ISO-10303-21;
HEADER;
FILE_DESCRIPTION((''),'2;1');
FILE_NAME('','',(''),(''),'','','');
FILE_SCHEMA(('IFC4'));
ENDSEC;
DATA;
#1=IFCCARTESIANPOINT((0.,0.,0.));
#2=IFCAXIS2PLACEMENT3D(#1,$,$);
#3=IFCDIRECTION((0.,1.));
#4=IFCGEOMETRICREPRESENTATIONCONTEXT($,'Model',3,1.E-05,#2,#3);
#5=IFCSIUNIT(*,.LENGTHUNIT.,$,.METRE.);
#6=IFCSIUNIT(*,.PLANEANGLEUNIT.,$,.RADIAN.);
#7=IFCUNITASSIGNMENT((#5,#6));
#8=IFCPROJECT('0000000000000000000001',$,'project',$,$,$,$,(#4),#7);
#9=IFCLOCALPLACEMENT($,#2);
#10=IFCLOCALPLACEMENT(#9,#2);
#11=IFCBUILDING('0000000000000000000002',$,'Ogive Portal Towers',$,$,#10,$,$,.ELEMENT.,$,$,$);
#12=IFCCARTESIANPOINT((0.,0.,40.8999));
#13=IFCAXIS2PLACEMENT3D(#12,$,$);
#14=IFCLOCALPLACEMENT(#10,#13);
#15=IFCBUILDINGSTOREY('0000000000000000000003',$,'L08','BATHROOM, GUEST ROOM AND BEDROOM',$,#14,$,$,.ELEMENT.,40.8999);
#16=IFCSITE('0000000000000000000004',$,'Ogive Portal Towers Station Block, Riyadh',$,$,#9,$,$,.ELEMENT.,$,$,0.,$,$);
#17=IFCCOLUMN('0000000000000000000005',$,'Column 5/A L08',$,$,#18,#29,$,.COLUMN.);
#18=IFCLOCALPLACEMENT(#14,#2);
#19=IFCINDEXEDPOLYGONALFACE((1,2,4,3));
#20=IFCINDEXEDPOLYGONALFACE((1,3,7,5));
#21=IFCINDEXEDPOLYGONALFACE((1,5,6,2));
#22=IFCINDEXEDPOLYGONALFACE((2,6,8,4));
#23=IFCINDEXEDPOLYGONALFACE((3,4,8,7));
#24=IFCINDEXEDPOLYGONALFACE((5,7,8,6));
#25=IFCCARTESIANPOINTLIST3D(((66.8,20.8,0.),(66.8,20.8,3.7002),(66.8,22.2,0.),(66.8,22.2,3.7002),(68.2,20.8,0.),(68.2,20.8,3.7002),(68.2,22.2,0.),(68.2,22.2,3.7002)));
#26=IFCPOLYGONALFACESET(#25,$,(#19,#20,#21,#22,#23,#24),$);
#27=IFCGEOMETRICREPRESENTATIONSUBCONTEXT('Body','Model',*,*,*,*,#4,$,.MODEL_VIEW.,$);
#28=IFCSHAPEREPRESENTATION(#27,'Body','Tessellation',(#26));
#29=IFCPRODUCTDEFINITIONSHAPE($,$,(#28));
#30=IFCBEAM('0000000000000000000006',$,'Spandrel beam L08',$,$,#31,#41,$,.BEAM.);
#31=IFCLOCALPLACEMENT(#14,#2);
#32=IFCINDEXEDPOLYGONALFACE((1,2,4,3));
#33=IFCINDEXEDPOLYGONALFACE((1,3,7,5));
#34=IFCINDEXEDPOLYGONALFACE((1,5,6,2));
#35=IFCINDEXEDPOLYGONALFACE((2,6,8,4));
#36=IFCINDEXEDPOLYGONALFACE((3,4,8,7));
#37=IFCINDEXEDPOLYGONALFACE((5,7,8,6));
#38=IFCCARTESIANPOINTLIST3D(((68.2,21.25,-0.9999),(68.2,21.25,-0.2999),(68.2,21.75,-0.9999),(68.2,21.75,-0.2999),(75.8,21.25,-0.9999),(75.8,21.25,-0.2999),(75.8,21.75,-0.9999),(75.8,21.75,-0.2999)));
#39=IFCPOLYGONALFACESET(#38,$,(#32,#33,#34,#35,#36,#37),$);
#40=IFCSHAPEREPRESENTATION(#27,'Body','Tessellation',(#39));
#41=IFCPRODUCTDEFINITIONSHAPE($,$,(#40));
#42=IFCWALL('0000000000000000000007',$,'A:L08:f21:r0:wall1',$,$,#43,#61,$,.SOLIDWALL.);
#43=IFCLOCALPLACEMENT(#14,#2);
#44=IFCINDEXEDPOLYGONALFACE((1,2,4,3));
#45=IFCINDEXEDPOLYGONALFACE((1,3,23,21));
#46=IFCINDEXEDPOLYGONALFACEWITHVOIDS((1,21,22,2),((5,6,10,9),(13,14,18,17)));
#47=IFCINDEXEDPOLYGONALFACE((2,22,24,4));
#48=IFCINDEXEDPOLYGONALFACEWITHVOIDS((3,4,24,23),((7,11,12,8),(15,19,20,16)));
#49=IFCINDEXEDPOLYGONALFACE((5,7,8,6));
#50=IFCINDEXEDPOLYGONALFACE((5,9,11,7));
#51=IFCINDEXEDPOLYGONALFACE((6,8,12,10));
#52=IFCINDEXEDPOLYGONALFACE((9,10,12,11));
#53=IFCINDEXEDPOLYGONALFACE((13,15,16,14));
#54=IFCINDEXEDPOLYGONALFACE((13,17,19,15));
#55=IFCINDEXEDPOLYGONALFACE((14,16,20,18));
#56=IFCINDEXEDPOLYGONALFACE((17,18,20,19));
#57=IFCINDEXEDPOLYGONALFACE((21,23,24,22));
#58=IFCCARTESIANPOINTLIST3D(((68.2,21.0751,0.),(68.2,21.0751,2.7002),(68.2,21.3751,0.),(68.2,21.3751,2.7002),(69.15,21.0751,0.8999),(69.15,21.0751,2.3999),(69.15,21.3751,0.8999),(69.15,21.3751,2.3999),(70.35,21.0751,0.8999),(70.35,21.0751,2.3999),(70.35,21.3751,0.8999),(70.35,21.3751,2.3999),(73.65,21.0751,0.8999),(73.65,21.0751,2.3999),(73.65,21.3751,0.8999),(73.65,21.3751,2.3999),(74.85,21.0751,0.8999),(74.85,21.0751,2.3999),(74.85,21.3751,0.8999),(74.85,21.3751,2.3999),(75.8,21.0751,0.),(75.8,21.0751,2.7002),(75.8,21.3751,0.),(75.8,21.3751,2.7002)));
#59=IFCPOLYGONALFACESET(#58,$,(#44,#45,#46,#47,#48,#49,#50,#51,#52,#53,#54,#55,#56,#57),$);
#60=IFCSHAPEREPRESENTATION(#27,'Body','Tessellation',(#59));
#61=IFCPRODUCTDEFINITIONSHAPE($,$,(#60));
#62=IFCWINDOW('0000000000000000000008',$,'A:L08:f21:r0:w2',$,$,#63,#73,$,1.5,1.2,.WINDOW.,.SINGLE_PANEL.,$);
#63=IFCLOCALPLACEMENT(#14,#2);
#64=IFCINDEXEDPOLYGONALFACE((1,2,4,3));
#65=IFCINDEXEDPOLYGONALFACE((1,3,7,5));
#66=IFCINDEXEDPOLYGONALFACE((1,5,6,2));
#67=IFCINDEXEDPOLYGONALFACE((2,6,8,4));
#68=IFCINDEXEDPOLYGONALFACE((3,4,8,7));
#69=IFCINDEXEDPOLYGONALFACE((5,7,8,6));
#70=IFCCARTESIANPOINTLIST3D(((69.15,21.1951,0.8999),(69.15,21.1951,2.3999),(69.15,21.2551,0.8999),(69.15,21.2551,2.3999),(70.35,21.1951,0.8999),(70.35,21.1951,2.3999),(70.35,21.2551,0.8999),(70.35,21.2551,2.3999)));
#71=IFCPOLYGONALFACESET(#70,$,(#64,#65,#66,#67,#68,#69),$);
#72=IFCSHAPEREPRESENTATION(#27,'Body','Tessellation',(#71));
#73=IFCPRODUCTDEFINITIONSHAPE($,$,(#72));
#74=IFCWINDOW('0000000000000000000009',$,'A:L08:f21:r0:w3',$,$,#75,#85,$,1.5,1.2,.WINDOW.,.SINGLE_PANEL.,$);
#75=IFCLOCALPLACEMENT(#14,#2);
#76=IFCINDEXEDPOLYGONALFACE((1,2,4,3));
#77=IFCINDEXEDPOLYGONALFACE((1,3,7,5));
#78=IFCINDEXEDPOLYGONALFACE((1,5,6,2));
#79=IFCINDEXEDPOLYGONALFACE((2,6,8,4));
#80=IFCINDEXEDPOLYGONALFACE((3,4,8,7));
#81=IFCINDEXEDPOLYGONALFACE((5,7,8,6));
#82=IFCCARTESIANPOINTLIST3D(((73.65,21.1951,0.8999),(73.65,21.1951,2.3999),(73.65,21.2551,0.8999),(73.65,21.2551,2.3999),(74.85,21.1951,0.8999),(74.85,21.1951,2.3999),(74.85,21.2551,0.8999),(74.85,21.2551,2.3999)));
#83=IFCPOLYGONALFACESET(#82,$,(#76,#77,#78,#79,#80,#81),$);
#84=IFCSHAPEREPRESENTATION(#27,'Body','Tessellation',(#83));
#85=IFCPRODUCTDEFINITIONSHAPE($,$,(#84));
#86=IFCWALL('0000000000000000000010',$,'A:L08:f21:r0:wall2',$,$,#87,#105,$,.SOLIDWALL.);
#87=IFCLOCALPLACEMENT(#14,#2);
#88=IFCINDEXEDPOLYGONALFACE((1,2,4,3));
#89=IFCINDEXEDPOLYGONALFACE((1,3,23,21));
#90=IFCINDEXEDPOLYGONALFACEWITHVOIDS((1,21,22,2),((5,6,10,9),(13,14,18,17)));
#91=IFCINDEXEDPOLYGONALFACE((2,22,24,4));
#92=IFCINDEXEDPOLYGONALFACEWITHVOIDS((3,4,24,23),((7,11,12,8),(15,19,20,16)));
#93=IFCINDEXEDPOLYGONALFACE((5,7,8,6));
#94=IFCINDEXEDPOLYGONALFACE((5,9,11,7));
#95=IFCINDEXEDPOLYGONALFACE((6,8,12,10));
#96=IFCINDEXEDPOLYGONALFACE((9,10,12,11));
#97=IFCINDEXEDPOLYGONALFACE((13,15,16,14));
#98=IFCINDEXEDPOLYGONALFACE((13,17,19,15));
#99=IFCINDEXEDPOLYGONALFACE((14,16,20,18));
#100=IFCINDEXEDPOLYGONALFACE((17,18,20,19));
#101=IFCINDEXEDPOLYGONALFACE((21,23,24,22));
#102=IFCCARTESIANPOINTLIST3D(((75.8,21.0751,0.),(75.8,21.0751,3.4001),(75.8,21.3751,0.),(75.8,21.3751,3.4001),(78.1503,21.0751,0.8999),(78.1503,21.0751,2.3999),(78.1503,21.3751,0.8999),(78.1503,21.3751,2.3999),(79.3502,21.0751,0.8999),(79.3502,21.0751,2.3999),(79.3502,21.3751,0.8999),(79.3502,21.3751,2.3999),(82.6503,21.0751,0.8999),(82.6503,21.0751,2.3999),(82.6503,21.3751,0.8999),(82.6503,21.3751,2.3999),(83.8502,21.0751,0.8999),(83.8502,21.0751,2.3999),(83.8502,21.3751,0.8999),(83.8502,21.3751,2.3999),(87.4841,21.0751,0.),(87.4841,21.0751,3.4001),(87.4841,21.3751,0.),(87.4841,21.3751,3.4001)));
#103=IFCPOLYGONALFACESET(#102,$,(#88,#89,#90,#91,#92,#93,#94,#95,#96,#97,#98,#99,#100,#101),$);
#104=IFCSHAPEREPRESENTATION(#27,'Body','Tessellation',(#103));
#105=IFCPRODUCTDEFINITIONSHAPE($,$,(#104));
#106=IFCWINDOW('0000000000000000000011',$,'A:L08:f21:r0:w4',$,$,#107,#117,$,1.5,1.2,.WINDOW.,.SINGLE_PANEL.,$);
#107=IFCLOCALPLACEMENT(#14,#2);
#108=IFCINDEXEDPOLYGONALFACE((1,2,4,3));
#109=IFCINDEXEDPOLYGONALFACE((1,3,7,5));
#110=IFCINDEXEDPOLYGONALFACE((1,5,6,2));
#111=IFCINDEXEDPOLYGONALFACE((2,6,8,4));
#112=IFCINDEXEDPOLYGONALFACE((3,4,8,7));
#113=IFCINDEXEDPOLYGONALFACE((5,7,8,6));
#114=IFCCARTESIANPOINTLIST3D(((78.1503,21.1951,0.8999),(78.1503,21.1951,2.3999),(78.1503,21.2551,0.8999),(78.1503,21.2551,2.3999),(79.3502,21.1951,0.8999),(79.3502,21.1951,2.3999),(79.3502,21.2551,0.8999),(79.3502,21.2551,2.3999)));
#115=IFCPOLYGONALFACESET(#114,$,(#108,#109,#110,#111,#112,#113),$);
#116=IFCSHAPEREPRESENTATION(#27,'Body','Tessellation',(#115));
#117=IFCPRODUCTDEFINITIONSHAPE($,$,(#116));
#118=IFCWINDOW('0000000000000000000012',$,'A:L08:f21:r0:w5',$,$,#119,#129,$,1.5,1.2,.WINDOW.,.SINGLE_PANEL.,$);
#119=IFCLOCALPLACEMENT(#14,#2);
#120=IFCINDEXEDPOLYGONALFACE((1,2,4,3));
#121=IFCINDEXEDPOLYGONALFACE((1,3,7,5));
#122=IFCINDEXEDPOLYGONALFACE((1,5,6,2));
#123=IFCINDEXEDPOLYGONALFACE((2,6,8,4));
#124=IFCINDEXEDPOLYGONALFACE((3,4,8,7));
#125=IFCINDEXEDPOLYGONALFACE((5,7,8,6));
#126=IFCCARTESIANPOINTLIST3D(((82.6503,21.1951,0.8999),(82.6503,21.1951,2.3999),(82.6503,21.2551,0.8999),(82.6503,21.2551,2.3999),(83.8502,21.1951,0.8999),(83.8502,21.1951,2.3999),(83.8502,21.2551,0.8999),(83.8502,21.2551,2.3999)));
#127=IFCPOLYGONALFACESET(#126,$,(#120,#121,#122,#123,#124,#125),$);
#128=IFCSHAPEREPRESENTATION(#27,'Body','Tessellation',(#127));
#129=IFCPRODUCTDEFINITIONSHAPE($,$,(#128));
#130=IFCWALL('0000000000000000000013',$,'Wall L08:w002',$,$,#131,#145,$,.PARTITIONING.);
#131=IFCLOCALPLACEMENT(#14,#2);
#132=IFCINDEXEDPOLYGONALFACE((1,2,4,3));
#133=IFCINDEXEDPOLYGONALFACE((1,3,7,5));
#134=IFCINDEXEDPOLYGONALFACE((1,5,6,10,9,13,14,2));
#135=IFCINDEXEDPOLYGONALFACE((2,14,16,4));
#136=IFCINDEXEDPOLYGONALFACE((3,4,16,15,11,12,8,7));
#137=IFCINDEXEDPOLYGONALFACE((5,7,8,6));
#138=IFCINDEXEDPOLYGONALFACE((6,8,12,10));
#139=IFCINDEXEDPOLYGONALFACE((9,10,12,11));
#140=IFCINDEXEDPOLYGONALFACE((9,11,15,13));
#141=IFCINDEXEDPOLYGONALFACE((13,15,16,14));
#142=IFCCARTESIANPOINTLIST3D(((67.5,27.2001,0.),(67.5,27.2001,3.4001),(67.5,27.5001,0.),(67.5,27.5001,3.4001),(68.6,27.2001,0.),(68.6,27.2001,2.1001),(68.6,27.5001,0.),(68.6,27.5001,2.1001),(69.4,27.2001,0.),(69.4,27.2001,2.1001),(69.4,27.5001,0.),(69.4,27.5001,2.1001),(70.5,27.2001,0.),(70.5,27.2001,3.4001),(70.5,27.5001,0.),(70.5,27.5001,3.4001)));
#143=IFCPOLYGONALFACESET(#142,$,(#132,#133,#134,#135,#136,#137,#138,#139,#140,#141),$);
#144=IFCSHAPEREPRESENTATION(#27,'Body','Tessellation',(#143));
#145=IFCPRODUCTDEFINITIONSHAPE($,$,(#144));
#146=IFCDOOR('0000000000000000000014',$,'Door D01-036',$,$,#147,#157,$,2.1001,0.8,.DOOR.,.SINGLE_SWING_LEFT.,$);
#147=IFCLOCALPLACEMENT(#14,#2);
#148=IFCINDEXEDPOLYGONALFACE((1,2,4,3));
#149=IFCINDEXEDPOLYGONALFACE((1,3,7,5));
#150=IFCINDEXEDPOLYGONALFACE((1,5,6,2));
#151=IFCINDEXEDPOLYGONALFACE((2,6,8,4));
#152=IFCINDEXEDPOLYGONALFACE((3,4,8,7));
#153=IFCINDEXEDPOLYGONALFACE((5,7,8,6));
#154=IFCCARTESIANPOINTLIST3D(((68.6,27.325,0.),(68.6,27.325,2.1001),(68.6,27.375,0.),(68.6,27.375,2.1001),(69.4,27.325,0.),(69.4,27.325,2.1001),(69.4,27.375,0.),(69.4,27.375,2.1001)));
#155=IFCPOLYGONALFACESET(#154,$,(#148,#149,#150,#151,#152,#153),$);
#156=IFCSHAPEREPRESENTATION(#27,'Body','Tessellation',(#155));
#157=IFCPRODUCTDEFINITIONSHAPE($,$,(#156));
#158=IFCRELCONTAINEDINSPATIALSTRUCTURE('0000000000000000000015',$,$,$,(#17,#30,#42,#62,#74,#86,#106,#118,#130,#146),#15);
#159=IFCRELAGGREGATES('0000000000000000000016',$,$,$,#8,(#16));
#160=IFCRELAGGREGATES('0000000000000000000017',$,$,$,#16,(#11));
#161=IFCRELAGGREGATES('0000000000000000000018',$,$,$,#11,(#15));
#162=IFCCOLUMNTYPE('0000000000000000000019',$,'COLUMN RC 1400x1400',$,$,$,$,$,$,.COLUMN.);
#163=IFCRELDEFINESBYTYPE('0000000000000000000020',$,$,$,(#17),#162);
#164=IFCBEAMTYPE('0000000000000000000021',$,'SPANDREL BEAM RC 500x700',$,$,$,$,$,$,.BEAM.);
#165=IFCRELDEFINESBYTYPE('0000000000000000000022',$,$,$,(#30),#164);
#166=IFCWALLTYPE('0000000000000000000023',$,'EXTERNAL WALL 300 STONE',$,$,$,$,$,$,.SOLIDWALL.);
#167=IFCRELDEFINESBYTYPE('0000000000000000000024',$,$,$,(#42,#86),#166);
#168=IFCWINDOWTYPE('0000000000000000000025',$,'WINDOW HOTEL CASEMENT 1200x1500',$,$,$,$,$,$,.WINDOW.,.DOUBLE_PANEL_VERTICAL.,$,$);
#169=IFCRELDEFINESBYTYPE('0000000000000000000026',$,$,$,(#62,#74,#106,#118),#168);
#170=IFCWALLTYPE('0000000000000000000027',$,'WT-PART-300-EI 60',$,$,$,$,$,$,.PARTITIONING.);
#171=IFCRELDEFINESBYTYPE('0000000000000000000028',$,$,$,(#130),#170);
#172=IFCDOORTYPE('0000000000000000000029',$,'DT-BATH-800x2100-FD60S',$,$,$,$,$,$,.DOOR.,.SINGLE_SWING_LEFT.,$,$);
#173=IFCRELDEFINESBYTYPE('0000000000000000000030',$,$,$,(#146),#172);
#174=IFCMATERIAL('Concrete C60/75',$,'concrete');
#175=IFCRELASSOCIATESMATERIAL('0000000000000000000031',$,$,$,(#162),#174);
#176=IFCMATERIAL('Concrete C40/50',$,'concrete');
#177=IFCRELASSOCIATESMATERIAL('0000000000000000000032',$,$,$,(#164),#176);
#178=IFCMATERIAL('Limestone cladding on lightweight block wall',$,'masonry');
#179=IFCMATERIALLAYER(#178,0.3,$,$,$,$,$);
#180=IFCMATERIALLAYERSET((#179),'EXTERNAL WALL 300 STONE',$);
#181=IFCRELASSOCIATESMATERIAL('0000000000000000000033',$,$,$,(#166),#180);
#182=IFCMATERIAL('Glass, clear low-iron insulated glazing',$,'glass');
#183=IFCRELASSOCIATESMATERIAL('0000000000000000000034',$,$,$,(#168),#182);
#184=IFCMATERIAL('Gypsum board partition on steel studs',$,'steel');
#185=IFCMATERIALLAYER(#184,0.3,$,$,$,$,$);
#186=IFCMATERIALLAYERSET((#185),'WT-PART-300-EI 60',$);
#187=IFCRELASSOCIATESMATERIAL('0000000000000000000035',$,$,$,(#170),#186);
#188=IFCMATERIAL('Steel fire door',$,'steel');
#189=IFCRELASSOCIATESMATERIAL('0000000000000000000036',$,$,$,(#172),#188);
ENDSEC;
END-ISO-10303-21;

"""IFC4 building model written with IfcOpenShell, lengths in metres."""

from ifc_helpers import new_model, si_unit, direction, frame, frame_2d, origin, origin_2d, place, context, subcontext, project, spatial, rectangle, extrude, material, layer, layer_set, material_profile, profile_set, type_object, element, fill, save


model = new_model("IFC4")

# Units and contexts
model_context = context("Model", 3, precision=1e-05, world=origin(), true_north=direction((0.0, 1.0)))
body_context = subcontext(model_context, "Body", "Model", "MODEL_VIEW")
ifc_project = project(units=[si_unit("LENGTHUNIT", "METRE"), si_unit("PLANEANGLEUNIT", "RADIAN")], contexts=[model_context])

# Site, building, storey
site_placement = place(None, origin())
site = spatial("IfcSite", under=ifc_project, at=site_placement, Name="Ogive Portal Towers Station Block, Riyadh", CompositionType="ELEMENT", RefElevation=0.0)
building_placement = place(site_placement, origin())
building = spatial("IfcBuilding", under=site, at=building_placement, Name="Ogive Portal Towers", CompositionType="ELEMENT")
storey_placement = place(building_placement, frame((0.0, 0.0, 40.8999)))
storey = spatial("IfcBuildingStorey", under=building, at=storey_placement, Name="L08", Description="BATHROOM, GUEST ROOM AND BEDROOM", CompositionType="ELEMENT", Elevation=40.8999)

# Column
ifc_material_1 = material(Name="Concrete C60/75", Category="concrete")
ifc_material_profile_1 = material_profile(ifc_material_1, rectangle(XDim=1.3999, YDim=1.3999, at=origin_2d()), Name="RC 1400x1400")
ifc_profile_set_1 = profile_set([ifc_material_profile_1], Name="Concrete C60/75")
column_type = type_object("IfcColumnType", Name="COLUMN RC 1400x1400", PredefinedType="COLUMN", material=ifc_profile_set_1)
column_placement = place(storey_placement, frame((67.5, 21.5, 0.0), z_axis=(0.0, 0.0, 1.0), x_axis=(1.0, 0.0, 0.0)))
element("IfcColumn", 1, at=column_placement, inside=storey, type_object=column_type, Name="Column 5/A L08", PredefinedType="COLUMN", context=body_context, shape_type="SweptSolid", body=[
    extrude(rectangle(XDim=1.3999, YDim=1.3999, at=origin_2d()), origin(), (0.0, 0.0, 1.0), 3.7002),
])

# Beam
ifc_material_2 = material(Name="Concrete C40/50", Category="concrete")
ifc_material_profile_2 = material_profile(ifc_material_2, rectangle(XDim=0.5, YDim=0.7, at=origin_2d()), Name="RC 500x700")
ifc_profile_set_2 = profile_set([ifc_material_profile_2], Name="Concrete C40/50")
beam_type = type_object("IfcBeamType", Name="SPANDREL BEAM RC 500x700", PredefinedType="BEAM", material=ifc_profile_set_2)
beam_placement = place(storey_placement, frame((75.8, 21.5, -0.6499), z_axis=(-1.0, 0.0, 0.0), x_axis=(0.0, -1.0, 0.0)))
element("IfcBeam", 2, at=beam_placement, inside=storey, type_object=beam_type, Name="Spandrel beam L08", PredefinedType="BEAM", context=body_context, shape_type="SweptSolid", body=[
    extrude(rectangle(XDim=0.5, YDim=0.7, at=origin_2d()), origin(), (0.0, 0.0, 1.0), 7.6001),
])

# Walls, openings, windows
ifc_material_3 = material(Name="Limestone cladding on lightweight block wall", Category="masonry")
ifc_layer_1 = layer(ifc_material_3, 0.3)
ifc_layer_set_1 = layer_set([ifc_layer_1], Name="EXTERNAL WALL 300 STONE")
wall_type_1 = type_object("IfcWallType", Name="EXTERNAL WALL 300 STONE", PredefinedType="SOLIDWALL", material=ifc_layer_set_1)
wall_1_placement = place(storey_placement, frame((68.2, 21.2251, 0.0), z_axis=(0.0, 0.0, 1.0), x_axis=(1.0, 0.0, 0.0)))
wall_1 = element("IfcWall", 3, at=wall_1_placement, inside=storey, type_object=wall_type_1, Name="A:L08:f21:r0:wall1", PredefinedType="SOLIDWALL", context=body_context, shape_type="SweptSolid", body=[
    extrude(rectangle(XDim=7.6001, YDim=0.3, at=frame_2d((3.8, 0.0))), origin(), (0.0, 0.0, 1.0), 2.7002),
])
opening_1_placement = place(wall_1_placement, frame((0.95, 0.0, 0.8999)))
opening_1 = element("IfcOpeningElement", 4, at=opening_1_placement, cuts=wall_1, PredefinedType="OPENING", context=body_context, shape_type="SweptSolid", body=[
    extrude(rectangle(XDim=1.2, YDim=1.5, at=frame_2d((0.6001, 0.75))), frame((0.0, 0.1602, 0.0), z_axis=(0.0, -1.0, 0.0), x_axis=(1.0, 0.0, 0.0)), (0.0, 0.0, 1.0), 0.3201),
])
opening_2_placement = place(wall_1_placement, frame((5.45, 0.0, 0.8999)))
opening_2 = element("IfcOpeningElement", 5, at=opening_2_placement, cuts=wall_1, PredefinedType="OPENING", context=body_context, shape_type="SweptSolid", body=[
    extrude(rectangle(XDim=1.2, YDim=1.5, at=frame_2d((0.6001, 0.75))), frame((0.0, 0.1602, 0.0), z_axis=(0.0, -1.0, 0.0), x_axis=(1.0, 0.0, 0.0)), (0.0, 0.0, 1.0), 0.3201),
])
ifc_material_4 = material(Name="Glass, clear low-iron insulated glazing", Category="glass")
window_type = type_object("IfcWindowType", Name="WINDOW HOTEL CASEMENT 1200x1500", PartitioningType="DOUBLE_PANEL_VERTICAL", PredefinedType="WINDOW", material=ifc_material_4)
window_1_placement = place(opening_1_placement, origin())
window_1 = element("IfcWindow", 6, at=window_1_placement, inside=storey, type_object=window_type, Name="A:L08:f21:r0:w2", OverallHeight=1.5, OverallWidth=1.2, PartitioningType="SINGLE_PANEL", PredefinedType="WINDOW", context=body_context, shape_type="SweptSolid", body=[
    extrude(rectangle(XDim=1.2, YDim=1.5, at=frame_2d((0.6001, 0.75))), frame((0.0, 0.03, 0.0), z_axis=(0.0, -1.0, 0.0), x_axis=(1.0, 0.0, 0.0)), (0.0, 0.0, 1.0), 0.0601),
])
fill(opening_1, window_1)
window_2_placement = place(opening_2_placement, origin())
window_2 = element("IfcWindow", 7, at=window_2_placement, inside=storey, type_object=window_type, Name="A:L08:f21:r0:w3", OverallHeight=1.5, OverallWidth=1.2, PartitioningType="SINGLE_PANEL", PredefinedType="WINDOW", context=body_context, shape_type="SweptSolid", body=[
    extrude(rectangle(XDim=1.2, YDim=1.5, at=frame_2d((0.6001, 0.75))), frame((0.0, 0.03, 0.0), z_axis=(0.0, -1.0, 0.0), x_axis=(1.0, 0.0, 0.0)), (0.0, 0.0, 1.0), 0.0601),
])
fill(opening_2, window_2)
wall_2_placement = place(storey_placement, frame((75.8, 21.2251, 0.0), z_axis=(0.0, 0.0, 1.0), x_axis=(1.0, 0.0, 0.0)))
wall_2 = element("IfcWall", 8, at=wall_2_placement, inside=storey, type_object=wall_type_1, Name="A:L08:f21:r0:wall2", PredefinedType="SOLIDWALL", context=body_context, shape_type="SweptSolid", body=[
    extrude(rectangle(XDim=11.6841, YDim=0.3, at=frame_2d((5.842, 0.0))), origin(), (0.0, 0.0, 1.0), 3.4001),
])
opening_3_placement = place(wall_2_placement, frame((2.3501, 0.0, 0.8999)))
opening_3 = element("IfcOpeningElement", 9, at=opening_3_placement, cuts=wall_2, PredefinedType="OPENING", context=body_context, shape_type="SweptSolid", body=[
    extrude(rectangle(XDim=1.2, YDim=1.5, at=frame_2d((0.6001, 0.75))), frame((0.0, 0.1602, 0.0), z_axis=(0.0, -1.0, 0.0), x_axis=(1.0, 0.0, 0.0)), (0.0, 0.0, 1.0), 0.3201),
])
opening_4_placement = place(wall_2_placement, frame((6.8501, 0.0, 0.8999)))
opening_4 = element("IfcOpeningElement", 10, at=opening_4_placement, cuts=wall_2, PredefinedType="OPENING", context=body_context, shape_type="SweptSolid", body=[
    extrude(rectangle(XDim=1.2, YDim=1.5, at=frame_2d((0.6001, 0.75))), frame((0.0, 0.1602, 0.0), z_axis=(0.0, -1.0, 0.0), x_axis=(1.0, 0.0, 0.0)), (0.0, 0.0, 1.0), 0.3201),
])
window_3_placement = place(opening_3_placement, origin())
window_3 = element("IfcWindow", 11, at=window_3_placement, inside=storey, type_object=window_type, Name="A:L08:f21:r0:w4", OverallHeight=1.5, OverallWidth=1.2, PartitioningType="SINGLE_PANEL", PredefinedType="WINDOW", context=body_context, shape_type="SweptSolid", body=[
    extrude(rectangle(XDim=1.2, YDim=1.5, at=frame_2d((0.6001, 0.75))), frame((0.0, 0.03, 0.0), z_axis=(0.0, -1.0, 0.0), x_axis=(1.0, 0.0, 0.0)), (0.0, 0.0, 1.0), 0.0601),
])
fill(opening_3, window_3)
window_4_placement = place(opening_4_placement, origin())
window_4 = element("IfcWindow", 12, at=window_4_placement, inside=storey, type_object=window_type, Name="A:L08:f21:r0:w5", OverallHeight=1.5, OverallWidth=1.2, PartitioningType="SINGLE_PANEL", PredefinedType="WINDOW", context=body_context, shape_type="SweptSolid", body=[
    extrude(rectangle(XDim=1.2, YDim=1.5, at=frame_2d((0.6001, 0.75))), frame((0.0, 0.03, 0.0), z_axis=(0.0, -1.0, 0.0), x_axis=(1.0, 0.0, 0.0)), (0.0, 0.0, 1.0), 0.0601),
])
fill(opening_4, window_4)

# Wall, opening, door
ifc_material_5 = material(Name="Gypsum board partition on steel studs", Category="steel")
ifc_layer_2 = layer(ifc_material_5, 0.3)
ifc_layer_set_2 = layer_set([ifc_layer_2], Name="WT-PART-300-EI 60")
wall_type_2 = type_object("IfcWallType", Name="WT-PART-300-EI 60", PredefinedType="PARTITIONING", material=ifc_layer_set_2)
wall_3_placement = place(storey_placement, frame((67.5, 27.3501, 0.0), z_axis=(0.0, 0.0, 1.0), x_axis=(1.0, 0.0, 0.0)))
wall_3 = element("IfcWall", 13, at=wall_3_placement, inside=storey, type_object=wall_type_2, Name="Wall L08:w002", PredefinedType="PARTITIONING", context=body_context, shape_type="SweptSolid", body=[
    extrude(rectangle(XDim=3.0, YDim=0.3, at=frame_2d((1.5, 0.0))), origin(), (0.0, 0.0, 1.0), 3.4001),
])
opening_5_placement = place(wall_3_placement, frame((1.1001, 0.0, 0.0)))
opening_5 = element("IfcOpeningElement", 14, at=opening_5_placement, cuts=wall_3, PredefinedType="OPENING", context=body_context, shape_type="SweptSolid", body=[
    extrude(rectangle(XDim=0.8, YDim=2.1001, at=frame_2d((0.3999, 1.05))), frame((0.0, 0.1602, 0.0), z_axis=(0.0, -1.0, 0.0), x_axis=(1.0, 0.0, 0.0)), (0.0, 0.0, 1.0), 0.3201),
])
ifc_material_6 = material(Name="Steel fire door", Category="steel")
door_type = type_object("IfcDoorType", Name="DT-BATH-800x2100-FD60S", OperationType="SINGLE_SWING_LEFT", PredefinedType="DOOR", material=ifc_material_6)
door_1_placement = place(opening_5_placement, origin())
door_1 = element("IfcDoor", 15, at=door_1_placement, inside=storey, type_object=door_type, Name="Door D01-036", OperationType="SINGLE_SWING_LEFT", OverallHeight=2.1001, OverallWidth=0.8, PredefinedType="DOOR", context=body_context, shape_type="SweptSolid", body=[
    extrude(rectangle(XDim=0.8, YDim=2.1001, at=frame_2d((0.3999, 1.05))), frame((0.0, 0.0249, 0.0), z_axis=(0.0, -1.0, 0.0), x_axis=(1.0, 0.0, 0.0)), (0.0, 0.0, 1.0), 0.05),
])
fill(opening_5, door_1)

save(model, "model.ifc")
